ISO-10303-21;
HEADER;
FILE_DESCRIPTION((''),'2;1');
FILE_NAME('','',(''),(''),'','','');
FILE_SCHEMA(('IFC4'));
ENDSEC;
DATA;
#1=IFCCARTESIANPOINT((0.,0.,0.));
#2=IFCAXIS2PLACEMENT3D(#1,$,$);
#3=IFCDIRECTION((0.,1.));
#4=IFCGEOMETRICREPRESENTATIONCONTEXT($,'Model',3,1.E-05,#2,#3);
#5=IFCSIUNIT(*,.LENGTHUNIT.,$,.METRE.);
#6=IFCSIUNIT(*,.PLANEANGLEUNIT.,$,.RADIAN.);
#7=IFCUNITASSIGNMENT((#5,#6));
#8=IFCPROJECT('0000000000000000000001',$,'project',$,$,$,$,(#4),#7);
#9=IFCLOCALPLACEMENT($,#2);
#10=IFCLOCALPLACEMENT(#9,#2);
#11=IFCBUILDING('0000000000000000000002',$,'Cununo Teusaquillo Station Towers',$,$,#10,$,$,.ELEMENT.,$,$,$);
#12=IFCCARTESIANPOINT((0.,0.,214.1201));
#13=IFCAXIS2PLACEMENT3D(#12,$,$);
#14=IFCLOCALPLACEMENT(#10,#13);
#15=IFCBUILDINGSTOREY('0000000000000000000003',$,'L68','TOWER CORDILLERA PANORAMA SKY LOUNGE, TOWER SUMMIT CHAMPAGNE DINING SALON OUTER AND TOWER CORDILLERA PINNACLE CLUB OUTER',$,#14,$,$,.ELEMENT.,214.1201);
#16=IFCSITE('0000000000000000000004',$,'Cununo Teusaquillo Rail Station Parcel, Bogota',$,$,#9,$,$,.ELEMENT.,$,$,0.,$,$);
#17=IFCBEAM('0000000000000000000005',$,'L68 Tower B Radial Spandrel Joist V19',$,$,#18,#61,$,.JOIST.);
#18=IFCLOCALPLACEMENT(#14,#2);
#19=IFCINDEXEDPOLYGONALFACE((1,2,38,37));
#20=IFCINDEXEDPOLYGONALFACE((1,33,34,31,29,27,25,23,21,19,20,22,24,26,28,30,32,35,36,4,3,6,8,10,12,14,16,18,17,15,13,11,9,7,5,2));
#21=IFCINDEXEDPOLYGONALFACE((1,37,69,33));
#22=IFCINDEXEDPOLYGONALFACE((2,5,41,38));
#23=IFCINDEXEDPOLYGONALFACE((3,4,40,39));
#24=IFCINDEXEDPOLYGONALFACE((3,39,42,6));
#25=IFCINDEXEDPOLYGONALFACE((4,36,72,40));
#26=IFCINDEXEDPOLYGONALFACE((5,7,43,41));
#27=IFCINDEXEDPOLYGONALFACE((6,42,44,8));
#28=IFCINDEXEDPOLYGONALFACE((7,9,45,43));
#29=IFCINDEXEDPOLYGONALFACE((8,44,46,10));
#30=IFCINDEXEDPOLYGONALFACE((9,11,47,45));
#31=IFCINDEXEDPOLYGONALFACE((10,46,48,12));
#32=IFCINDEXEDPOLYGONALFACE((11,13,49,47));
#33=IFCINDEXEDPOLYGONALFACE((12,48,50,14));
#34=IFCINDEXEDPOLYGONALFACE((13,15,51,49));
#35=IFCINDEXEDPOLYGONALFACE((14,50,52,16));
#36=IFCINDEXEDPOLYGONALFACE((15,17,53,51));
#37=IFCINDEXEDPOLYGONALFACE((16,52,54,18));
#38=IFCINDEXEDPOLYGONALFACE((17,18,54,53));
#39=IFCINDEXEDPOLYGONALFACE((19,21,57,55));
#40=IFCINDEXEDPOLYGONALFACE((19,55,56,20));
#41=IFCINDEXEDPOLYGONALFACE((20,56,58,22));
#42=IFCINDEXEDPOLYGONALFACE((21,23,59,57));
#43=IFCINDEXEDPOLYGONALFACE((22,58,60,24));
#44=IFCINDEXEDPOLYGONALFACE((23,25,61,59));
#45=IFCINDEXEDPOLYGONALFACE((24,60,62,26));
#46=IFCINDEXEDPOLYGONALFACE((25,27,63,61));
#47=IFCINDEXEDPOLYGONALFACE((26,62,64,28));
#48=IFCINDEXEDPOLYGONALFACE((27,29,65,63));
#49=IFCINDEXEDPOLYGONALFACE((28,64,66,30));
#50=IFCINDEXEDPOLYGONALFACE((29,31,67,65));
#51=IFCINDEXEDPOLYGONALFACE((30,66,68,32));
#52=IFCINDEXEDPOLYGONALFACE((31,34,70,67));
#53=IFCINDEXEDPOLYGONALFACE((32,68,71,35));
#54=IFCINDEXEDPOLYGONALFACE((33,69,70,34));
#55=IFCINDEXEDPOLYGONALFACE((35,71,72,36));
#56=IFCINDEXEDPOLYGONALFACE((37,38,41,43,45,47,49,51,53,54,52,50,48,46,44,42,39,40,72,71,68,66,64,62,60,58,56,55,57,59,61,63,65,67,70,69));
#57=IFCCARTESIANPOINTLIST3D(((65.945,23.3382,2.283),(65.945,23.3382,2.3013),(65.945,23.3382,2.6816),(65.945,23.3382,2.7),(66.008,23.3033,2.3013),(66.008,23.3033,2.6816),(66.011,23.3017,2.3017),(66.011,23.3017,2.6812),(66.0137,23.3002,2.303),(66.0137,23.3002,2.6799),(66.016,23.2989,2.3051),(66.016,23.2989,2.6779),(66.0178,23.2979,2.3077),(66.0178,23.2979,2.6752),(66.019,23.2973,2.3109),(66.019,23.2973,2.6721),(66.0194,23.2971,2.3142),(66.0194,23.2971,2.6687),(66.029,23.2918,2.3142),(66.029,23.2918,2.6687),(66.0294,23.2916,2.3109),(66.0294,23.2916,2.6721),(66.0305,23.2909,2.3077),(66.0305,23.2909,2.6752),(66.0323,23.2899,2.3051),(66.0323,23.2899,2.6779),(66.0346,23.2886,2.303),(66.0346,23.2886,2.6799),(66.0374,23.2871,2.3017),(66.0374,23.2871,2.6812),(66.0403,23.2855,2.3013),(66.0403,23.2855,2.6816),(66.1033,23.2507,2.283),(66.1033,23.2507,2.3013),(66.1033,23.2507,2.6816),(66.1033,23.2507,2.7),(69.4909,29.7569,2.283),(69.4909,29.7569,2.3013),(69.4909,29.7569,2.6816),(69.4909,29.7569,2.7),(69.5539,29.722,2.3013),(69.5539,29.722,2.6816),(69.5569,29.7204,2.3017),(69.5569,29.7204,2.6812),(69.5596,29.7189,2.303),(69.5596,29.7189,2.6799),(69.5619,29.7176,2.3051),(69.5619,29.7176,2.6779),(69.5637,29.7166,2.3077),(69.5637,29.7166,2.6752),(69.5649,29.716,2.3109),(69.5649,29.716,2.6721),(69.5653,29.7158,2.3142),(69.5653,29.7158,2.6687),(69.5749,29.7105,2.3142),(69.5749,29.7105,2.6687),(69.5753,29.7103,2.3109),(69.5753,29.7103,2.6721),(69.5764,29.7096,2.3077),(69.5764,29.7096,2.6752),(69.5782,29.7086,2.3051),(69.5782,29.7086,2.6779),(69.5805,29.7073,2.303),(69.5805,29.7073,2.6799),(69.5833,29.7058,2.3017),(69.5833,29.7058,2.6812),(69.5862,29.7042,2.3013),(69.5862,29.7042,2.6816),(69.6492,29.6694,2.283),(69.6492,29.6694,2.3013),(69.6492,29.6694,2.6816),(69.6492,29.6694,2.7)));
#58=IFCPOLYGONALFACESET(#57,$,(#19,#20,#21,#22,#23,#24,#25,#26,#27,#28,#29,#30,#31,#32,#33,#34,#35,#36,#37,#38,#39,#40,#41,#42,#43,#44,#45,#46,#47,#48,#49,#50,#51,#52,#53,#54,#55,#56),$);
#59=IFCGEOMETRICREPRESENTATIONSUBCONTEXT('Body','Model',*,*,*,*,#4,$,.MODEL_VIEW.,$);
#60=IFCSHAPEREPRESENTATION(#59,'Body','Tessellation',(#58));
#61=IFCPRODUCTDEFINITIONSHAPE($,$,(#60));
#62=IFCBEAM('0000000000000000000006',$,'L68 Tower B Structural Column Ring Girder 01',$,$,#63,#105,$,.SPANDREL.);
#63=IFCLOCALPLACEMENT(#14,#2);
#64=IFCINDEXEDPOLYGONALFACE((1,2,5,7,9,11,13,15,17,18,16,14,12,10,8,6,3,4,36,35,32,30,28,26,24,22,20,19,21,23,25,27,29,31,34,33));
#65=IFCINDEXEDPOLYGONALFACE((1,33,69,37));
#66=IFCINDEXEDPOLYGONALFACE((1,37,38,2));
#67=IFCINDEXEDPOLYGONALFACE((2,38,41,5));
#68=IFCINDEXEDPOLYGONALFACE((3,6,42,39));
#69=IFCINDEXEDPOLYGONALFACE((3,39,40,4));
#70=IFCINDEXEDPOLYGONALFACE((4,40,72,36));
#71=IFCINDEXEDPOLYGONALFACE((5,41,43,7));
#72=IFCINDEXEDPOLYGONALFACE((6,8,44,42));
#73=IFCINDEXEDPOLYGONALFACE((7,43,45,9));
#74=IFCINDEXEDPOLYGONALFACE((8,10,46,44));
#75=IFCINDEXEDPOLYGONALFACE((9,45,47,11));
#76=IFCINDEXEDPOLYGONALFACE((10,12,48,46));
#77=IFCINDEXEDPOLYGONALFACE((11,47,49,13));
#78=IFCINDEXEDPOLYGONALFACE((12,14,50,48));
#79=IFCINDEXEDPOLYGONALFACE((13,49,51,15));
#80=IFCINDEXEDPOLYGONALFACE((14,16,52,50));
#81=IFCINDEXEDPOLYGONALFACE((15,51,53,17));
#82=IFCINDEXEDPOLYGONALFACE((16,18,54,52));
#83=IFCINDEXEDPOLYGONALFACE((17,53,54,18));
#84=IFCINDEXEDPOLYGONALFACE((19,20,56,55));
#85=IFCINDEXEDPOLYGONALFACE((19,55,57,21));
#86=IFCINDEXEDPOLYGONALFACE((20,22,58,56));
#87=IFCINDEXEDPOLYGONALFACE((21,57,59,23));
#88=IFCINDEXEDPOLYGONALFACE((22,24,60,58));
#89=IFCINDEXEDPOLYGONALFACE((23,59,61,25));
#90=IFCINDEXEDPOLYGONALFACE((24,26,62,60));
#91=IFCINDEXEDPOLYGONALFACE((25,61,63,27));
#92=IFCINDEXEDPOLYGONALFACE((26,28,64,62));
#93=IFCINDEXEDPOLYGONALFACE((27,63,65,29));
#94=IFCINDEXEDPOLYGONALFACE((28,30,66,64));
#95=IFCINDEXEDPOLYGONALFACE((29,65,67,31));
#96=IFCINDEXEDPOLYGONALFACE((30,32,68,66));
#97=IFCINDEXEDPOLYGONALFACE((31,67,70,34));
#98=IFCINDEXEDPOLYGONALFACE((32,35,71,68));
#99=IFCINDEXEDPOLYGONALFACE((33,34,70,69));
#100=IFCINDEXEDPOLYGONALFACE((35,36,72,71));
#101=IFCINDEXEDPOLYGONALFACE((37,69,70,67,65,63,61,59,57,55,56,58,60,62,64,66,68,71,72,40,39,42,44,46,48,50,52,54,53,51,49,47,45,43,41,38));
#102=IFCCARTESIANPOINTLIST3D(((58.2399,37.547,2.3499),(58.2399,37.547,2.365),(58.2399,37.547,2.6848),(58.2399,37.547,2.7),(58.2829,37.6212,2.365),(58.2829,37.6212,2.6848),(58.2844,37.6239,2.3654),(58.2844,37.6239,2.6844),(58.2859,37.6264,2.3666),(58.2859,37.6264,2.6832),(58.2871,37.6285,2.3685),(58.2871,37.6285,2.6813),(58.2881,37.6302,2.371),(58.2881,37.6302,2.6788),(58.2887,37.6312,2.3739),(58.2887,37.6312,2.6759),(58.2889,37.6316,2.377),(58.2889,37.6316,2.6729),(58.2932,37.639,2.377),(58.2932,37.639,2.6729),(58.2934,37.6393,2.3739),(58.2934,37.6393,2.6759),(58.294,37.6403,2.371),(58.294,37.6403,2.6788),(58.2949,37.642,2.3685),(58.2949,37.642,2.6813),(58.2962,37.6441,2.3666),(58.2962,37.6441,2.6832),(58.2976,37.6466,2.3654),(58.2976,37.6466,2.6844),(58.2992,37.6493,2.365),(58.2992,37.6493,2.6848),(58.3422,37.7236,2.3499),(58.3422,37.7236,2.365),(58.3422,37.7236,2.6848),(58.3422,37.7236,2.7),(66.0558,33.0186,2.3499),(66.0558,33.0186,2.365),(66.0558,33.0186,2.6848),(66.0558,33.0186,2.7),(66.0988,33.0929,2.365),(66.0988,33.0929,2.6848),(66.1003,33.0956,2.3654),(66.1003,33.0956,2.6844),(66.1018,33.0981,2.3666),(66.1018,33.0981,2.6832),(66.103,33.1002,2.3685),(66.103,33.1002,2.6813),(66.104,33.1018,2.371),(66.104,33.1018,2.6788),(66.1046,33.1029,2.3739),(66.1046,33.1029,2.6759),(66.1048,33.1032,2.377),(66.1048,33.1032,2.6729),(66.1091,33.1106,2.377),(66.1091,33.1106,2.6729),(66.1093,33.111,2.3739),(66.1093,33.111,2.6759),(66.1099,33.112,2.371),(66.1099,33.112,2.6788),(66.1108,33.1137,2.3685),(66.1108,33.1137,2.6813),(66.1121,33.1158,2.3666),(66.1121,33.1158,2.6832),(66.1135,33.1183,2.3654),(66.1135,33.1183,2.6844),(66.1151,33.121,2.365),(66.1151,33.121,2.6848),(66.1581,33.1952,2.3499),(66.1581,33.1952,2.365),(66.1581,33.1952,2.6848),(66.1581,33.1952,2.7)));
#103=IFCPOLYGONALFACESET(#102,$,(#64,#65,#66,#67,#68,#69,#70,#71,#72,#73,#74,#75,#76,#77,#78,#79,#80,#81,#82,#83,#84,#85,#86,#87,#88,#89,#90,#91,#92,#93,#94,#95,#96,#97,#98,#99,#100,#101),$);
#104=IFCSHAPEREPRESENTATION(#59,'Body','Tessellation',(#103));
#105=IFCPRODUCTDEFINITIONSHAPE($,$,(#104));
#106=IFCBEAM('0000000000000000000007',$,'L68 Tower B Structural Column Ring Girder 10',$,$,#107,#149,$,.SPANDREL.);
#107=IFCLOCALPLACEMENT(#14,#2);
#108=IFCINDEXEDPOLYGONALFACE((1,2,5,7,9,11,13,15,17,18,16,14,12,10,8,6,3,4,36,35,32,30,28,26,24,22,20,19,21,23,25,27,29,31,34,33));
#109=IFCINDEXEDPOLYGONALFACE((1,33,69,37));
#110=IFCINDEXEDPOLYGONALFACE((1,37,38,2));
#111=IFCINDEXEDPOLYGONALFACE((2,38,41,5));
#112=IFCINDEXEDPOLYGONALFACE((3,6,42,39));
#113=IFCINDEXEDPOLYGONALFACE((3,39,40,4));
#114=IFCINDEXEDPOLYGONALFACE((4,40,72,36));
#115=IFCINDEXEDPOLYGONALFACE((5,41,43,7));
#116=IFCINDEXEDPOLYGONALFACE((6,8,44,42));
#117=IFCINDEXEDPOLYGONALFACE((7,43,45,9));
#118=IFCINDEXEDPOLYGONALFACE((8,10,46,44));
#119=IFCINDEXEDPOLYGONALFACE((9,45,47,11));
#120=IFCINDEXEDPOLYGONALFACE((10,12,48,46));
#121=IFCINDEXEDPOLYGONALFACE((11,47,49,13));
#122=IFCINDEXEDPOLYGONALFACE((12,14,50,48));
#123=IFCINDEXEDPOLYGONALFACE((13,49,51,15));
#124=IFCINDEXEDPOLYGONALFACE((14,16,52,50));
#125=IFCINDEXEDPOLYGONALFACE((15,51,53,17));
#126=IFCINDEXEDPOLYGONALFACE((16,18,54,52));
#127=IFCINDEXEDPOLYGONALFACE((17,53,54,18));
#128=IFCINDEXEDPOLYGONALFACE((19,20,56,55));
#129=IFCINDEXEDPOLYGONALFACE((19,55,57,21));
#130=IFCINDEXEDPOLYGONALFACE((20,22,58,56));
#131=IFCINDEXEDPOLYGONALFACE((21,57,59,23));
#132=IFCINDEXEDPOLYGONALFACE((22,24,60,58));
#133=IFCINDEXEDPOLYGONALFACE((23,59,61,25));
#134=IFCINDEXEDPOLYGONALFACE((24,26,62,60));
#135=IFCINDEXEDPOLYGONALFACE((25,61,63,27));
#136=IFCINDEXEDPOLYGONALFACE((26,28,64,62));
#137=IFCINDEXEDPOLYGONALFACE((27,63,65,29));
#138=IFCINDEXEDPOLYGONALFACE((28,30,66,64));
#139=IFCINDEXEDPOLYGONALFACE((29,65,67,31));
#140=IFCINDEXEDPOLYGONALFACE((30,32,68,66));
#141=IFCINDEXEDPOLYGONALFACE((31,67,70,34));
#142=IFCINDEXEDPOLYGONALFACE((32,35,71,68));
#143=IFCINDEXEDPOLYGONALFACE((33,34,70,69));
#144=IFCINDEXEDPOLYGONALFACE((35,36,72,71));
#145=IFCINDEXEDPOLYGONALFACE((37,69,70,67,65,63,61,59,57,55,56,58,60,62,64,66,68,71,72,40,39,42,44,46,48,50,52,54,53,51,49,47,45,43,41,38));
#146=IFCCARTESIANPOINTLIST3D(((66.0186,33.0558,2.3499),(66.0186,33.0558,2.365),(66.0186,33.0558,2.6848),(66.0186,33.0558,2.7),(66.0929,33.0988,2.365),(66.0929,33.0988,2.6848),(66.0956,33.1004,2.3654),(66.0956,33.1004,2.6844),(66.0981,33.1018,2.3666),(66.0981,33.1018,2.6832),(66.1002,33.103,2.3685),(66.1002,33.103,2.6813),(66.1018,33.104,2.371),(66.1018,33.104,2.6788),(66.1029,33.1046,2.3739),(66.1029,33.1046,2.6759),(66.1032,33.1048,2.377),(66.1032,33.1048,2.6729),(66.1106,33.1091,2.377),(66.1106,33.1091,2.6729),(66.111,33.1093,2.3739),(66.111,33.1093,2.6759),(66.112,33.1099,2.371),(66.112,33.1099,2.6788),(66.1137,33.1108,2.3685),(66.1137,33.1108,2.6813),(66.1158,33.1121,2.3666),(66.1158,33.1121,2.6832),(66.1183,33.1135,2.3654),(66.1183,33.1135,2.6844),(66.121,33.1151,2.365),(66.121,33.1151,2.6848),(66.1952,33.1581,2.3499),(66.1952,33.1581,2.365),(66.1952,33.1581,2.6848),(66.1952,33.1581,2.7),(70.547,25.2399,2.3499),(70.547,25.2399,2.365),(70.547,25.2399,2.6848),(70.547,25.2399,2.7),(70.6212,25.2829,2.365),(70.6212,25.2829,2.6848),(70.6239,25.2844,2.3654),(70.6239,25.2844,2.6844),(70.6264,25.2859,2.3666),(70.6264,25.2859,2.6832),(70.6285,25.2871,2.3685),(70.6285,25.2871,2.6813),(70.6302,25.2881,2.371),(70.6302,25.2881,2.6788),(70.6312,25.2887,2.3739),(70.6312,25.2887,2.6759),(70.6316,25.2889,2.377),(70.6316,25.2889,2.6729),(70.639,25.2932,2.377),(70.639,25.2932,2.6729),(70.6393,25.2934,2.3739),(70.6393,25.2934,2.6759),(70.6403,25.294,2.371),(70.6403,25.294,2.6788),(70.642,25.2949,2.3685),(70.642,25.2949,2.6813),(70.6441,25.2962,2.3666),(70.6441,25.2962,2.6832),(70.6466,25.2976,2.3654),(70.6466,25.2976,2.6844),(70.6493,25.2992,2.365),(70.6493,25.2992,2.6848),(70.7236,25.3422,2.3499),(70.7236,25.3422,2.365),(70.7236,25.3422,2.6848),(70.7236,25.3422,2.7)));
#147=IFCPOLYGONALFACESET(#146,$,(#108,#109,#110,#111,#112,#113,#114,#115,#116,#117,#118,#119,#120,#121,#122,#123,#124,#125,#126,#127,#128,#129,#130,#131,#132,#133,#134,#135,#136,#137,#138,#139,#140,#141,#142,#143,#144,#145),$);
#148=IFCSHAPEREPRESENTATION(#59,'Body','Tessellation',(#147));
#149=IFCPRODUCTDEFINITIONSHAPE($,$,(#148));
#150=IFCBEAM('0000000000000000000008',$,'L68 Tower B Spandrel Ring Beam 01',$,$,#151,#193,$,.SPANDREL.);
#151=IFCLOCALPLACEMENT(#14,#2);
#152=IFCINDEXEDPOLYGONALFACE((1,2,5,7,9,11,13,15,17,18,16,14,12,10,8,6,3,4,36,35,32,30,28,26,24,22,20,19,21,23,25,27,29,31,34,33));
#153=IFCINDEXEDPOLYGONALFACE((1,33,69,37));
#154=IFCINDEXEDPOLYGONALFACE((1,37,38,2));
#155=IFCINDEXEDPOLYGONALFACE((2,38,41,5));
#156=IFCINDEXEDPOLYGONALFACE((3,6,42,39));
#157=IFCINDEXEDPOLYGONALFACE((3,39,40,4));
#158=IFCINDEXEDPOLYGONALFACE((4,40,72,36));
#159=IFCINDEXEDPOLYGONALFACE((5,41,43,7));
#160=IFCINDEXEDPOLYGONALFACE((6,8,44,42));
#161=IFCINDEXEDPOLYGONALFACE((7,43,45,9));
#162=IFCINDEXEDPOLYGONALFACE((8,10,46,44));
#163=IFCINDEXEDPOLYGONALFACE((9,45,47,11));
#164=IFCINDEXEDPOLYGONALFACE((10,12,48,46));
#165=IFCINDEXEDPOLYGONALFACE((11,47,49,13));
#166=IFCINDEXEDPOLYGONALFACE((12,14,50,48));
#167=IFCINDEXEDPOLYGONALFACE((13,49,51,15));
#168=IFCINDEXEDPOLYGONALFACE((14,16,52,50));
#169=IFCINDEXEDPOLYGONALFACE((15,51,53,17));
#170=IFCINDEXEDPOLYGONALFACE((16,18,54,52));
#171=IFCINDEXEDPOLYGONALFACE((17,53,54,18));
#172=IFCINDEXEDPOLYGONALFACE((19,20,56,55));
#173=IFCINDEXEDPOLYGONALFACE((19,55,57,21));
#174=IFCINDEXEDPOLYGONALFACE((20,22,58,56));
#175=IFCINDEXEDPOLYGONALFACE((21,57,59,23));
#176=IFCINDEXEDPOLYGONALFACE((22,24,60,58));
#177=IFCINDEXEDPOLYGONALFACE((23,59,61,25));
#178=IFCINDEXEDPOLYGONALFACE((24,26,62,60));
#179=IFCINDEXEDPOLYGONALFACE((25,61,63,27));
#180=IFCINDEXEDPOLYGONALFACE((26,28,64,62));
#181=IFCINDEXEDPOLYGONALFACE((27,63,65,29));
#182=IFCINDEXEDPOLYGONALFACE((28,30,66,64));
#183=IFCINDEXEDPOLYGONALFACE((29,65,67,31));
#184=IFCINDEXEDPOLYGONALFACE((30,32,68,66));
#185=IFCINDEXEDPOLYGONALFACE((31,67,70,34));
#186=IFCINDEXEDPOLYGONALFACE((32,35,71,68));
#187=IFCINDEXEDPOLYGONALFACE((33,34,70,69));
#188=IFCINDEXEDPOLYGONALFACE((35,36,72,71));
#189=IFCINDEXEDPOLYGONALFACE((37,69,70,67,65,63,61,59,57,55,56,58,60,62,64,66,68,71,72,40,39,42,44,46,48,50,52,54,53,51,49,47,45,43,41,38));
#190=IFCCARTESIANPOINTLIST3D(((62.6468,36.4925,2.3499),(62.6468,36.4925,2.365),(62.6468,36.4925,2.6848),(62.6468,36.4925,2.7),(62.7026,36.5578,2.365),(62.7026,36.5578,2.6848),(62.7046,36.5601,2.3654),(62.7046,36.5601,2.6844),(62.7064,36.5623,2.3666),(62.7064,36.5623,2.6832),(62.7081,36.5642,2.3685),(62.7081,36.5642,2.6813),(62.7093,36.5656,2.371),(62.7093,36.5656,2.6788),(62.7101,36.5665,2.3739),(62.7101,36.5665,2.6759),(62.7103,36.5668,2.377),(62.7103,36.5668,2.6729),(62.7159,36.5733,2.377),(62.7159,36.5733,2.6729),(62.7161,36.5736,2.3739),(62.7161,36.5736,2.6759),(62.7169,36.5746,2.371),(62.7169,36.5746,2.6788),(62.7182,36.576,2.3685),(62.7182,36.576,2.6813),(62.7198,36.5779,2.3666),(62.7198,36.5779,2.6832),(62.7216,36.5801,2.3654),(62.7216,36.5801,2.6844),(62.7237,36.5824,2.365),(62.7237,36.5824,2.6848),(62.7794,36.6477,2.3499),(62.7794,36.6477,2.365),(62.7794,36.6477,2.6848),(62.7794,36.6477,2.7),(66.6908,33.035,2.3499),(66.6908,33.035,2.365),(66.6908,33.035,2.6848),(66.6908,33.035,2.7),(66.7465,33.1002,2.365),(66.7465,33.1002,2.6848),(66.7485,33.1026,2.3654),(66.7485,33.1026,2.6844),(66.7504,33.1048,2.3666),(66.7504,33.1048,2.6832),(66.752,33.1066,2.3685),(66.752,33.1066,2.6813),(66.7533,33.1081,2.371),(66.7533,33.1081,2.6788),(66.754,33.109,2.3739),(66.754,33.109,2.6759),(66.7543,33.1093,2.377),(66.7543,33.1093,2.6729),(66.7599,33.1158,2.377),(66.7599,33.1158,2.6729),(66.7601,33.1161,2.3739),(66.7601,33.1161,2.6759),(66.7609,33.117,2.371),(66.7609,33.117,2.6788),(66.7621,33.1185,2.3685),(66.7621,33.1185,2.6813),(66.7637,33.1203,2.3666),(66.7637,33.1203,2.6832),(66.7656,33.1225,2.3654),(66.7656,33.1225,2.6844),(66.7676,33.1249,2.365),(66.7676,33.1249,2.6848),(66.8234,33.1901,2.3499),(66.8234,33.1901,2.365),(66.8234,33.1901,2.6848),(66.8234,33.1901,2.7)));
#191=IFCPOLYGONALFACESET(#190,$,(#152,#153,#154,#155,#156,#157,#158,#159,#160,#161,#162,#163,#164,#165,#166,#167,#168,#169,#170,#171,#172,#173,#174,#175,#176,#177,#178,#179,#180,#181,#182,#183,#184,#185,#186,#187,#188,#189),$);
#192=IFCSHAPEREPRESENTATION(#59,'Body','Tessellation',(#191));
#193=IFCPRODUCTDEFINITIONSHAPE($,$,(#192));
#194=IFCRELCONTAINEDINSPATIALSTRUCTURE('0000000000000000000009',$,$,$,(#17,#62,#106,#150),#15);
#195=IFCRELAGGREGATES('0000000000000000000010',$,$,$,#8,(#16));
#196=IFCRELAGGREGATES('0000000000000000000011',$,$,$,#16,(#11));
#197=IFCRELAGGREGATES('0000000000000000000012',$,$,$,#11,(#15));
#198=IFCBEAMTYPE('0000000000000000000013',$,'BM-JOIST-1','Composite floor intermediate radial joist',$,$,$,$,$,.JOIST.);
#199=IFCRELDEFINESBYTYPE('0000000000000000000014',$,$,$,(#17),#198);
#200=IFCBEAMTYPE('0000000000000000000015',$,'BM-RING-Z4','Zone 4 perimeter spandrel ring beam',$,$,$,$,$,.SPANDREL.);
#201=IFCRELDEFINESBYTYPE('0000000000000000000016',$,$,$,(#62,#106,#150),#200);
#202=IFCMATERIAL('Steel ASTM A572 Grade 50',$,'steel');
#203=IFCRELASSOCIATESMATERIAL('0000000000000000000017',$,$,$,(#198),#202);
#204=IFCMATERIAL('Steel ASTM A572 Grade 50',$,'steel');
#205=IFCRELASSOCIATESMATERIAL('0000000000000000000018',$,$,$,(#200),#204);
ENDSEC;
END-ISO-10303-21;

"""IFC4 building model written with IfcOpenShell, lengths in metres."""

from ifc_helpers import new_model, si_unit, direction, frame, origin, origin_2d, place, context, subcontext, project, spatial, i_section, extrude, material, material_profile, profile_set, type_object, element, save


model = new_model("IFC4")

# Units and contexts
model_context = context("Model", 3, precision=1e-05, world=origin(), true_north=direction((0.0, 1.0)))
body_context = subcontext(model_context, "Body", "Model", "MODEL_VIEW")
ifc_project = project(units=[si_unit("LENGTHUNIT", "METRE"), si_unit("PLANEANGLEUNIT", "RADIAN")], contexts=[model_context])

# Site, building, storey
site_placement = place(None, origin())
site = spatial("IfcSite", under=ifc_project, at=site_placement, Name="Cununo Teusaquillo Rail Station Parcel, Bogota", CompositionType="ELEMENT", RefElevation=0.0)
building_placement = place(site_placement, origin())
building = spatial("IfcBuilding", under=site, at=building_placement, Name="Cununo Teusaquillo Station Towers", CompositionType="ELEMENT")
storey_placement = place(building_placement, frame((0.0, 0.0, 214.1201)))
storey = spatial("IfcBuildingStorey", under=building, at=storey_placement, Name="L68", Description="TOWER CORDILLERA PANORAMA SKY LOUNGE, TOWER SUMMIT CHAMPAGNE DINING SALON OUTER AND TOWER CORDILLERA PINNACLE CLUB OUTER", CompositionType="ELEMENT", Elevation=214.1201)

# Beams
ifc_material_1 = material(Name="Steel ASTM A572 Grade 50", Category="steel")
ifc_material_profile_1 = material_profile(ifc_material_1, i_section(OverallWidth=0.1809, OverallDepth=0.417, WebThickness=0.011, FlangeThickness=0.0183, FilletRadius=0.0129, at=origin_2d()), Name="W16X57")
ifc_profile_set_1 = profile_set([ifc_material_profile_1], Name="Steel ASTM A572 Grade 50")
beam_type_1 = type_object("IfcBeamType", Name="BM-JOIST-1", Description="Composite floor intermediate radial joist", PredefinedType="JOIST", material=ifc_profile_set_1)
beam_1_placement = place(storey_placement, frame((66.0242, 23.2944, 2.4915), z_axis=(0.483553, 0.875315, 0.0), x_axis=(-0.875315, 0.483553, 0.0)))
element("IfcBeam", 1, at=beam_1_placement, inside=storey, type_object=beam_type_1, Name="L68 Tower B Radial Spandrel Joist V19", PredefinedType="JOIST", context=body_context, shape_type="SweptSolid", body=[
    extrude(i_section(OverallWidth=0.1809, OverallDepth=0.417, WebThickness=0.011, FlangeThickness=0.0183, FilletRadius=0.0129, at=origin_2d()), origin(), (0.0, 0.0, 1.0), 7.333),
])
ifc_material_2 = material(Name="Steel ASTM A572 Grade 50", Category="steel")
ifc_material_profile_2 = material_profile(ifc_material_2, i_section(OverallWidth=0.2041, OverallDepth=0.3501, WebThickness=0.0085, FlangeThickness=0.0151, FilletRadius=0.012, at=origin_2d()), Name="W14X48")
ifc_profile_set_2 = profile_set([ifc_material_profile_2], Name="Steel ASTM A572 Grade 50")
beam_type_2 = type_object("IfcBeamType", Name="BM-RING-Z4", Description="Zone 4 perimeter spandrel ring beam", PredefinedType="SPANDREL", material=ifc_profile_set_2)
for number, where, z_axis, x_axis, name in (
    (2, (66.1069, 33.1069, 2.5249), (-0.865267, 0.501311, 0.0), (-0.501311, -0.865267, 0.0), "L68 Tower B Structural Column Ring Girder 01"),
    (3, (70.6353, 25.291, 2.5249), (-0.501311, 0.865267, 0.0), (-0.865267, -0.501311, 0.0), "L68 Tower B Structural Column Ring Girder 10"),
):
    element("IfcBeam", number, at=place(storey_placement, frame(where, z_axis=z_axis, x_axis=x_axis)), inside=storey, type_object=beam_type_2, Name=name, PredefinedType="SPANDREL", context=body_context, shape_type="SweptSolid", body=[
        extrude(i_section(OverallWidth=0.2041, OverallDepth=0.3501, WebThickness=0.0085, FlangeThickness=0.0151, FilletRadius=0.012, at=origin_2d()), origin(), (0.0, 0.0, 1.0), 9.033),
    ])
beam_2_placement = place(storey_placement, frame((66.7571, 33.1125, 2.5249), z_axis=(-0.760066, 0.649846, 0.0), x_axis=(-0.649846, -0.760066, 0.0)))
element("IfcBeam", 4, at=beam_2_placement, inside=storey, type_object=beam_type_2, Name="L68 Tower B Spandrel Ring Beam 01", PredefinedType="SPANDREL", context=body_context, shape_type="SweptSolid", body=[
    extrude(i_section(OverallWidth=0.2041, OverallDepth=0.3501, WebThickness=0.0085, FlangeThickness=0.0151, FilletRadius=0.012, at=origin_2d()), origin(), (0.0, 0.0, 1.0), 5.3206),
])

save(model, "model.ifc")
